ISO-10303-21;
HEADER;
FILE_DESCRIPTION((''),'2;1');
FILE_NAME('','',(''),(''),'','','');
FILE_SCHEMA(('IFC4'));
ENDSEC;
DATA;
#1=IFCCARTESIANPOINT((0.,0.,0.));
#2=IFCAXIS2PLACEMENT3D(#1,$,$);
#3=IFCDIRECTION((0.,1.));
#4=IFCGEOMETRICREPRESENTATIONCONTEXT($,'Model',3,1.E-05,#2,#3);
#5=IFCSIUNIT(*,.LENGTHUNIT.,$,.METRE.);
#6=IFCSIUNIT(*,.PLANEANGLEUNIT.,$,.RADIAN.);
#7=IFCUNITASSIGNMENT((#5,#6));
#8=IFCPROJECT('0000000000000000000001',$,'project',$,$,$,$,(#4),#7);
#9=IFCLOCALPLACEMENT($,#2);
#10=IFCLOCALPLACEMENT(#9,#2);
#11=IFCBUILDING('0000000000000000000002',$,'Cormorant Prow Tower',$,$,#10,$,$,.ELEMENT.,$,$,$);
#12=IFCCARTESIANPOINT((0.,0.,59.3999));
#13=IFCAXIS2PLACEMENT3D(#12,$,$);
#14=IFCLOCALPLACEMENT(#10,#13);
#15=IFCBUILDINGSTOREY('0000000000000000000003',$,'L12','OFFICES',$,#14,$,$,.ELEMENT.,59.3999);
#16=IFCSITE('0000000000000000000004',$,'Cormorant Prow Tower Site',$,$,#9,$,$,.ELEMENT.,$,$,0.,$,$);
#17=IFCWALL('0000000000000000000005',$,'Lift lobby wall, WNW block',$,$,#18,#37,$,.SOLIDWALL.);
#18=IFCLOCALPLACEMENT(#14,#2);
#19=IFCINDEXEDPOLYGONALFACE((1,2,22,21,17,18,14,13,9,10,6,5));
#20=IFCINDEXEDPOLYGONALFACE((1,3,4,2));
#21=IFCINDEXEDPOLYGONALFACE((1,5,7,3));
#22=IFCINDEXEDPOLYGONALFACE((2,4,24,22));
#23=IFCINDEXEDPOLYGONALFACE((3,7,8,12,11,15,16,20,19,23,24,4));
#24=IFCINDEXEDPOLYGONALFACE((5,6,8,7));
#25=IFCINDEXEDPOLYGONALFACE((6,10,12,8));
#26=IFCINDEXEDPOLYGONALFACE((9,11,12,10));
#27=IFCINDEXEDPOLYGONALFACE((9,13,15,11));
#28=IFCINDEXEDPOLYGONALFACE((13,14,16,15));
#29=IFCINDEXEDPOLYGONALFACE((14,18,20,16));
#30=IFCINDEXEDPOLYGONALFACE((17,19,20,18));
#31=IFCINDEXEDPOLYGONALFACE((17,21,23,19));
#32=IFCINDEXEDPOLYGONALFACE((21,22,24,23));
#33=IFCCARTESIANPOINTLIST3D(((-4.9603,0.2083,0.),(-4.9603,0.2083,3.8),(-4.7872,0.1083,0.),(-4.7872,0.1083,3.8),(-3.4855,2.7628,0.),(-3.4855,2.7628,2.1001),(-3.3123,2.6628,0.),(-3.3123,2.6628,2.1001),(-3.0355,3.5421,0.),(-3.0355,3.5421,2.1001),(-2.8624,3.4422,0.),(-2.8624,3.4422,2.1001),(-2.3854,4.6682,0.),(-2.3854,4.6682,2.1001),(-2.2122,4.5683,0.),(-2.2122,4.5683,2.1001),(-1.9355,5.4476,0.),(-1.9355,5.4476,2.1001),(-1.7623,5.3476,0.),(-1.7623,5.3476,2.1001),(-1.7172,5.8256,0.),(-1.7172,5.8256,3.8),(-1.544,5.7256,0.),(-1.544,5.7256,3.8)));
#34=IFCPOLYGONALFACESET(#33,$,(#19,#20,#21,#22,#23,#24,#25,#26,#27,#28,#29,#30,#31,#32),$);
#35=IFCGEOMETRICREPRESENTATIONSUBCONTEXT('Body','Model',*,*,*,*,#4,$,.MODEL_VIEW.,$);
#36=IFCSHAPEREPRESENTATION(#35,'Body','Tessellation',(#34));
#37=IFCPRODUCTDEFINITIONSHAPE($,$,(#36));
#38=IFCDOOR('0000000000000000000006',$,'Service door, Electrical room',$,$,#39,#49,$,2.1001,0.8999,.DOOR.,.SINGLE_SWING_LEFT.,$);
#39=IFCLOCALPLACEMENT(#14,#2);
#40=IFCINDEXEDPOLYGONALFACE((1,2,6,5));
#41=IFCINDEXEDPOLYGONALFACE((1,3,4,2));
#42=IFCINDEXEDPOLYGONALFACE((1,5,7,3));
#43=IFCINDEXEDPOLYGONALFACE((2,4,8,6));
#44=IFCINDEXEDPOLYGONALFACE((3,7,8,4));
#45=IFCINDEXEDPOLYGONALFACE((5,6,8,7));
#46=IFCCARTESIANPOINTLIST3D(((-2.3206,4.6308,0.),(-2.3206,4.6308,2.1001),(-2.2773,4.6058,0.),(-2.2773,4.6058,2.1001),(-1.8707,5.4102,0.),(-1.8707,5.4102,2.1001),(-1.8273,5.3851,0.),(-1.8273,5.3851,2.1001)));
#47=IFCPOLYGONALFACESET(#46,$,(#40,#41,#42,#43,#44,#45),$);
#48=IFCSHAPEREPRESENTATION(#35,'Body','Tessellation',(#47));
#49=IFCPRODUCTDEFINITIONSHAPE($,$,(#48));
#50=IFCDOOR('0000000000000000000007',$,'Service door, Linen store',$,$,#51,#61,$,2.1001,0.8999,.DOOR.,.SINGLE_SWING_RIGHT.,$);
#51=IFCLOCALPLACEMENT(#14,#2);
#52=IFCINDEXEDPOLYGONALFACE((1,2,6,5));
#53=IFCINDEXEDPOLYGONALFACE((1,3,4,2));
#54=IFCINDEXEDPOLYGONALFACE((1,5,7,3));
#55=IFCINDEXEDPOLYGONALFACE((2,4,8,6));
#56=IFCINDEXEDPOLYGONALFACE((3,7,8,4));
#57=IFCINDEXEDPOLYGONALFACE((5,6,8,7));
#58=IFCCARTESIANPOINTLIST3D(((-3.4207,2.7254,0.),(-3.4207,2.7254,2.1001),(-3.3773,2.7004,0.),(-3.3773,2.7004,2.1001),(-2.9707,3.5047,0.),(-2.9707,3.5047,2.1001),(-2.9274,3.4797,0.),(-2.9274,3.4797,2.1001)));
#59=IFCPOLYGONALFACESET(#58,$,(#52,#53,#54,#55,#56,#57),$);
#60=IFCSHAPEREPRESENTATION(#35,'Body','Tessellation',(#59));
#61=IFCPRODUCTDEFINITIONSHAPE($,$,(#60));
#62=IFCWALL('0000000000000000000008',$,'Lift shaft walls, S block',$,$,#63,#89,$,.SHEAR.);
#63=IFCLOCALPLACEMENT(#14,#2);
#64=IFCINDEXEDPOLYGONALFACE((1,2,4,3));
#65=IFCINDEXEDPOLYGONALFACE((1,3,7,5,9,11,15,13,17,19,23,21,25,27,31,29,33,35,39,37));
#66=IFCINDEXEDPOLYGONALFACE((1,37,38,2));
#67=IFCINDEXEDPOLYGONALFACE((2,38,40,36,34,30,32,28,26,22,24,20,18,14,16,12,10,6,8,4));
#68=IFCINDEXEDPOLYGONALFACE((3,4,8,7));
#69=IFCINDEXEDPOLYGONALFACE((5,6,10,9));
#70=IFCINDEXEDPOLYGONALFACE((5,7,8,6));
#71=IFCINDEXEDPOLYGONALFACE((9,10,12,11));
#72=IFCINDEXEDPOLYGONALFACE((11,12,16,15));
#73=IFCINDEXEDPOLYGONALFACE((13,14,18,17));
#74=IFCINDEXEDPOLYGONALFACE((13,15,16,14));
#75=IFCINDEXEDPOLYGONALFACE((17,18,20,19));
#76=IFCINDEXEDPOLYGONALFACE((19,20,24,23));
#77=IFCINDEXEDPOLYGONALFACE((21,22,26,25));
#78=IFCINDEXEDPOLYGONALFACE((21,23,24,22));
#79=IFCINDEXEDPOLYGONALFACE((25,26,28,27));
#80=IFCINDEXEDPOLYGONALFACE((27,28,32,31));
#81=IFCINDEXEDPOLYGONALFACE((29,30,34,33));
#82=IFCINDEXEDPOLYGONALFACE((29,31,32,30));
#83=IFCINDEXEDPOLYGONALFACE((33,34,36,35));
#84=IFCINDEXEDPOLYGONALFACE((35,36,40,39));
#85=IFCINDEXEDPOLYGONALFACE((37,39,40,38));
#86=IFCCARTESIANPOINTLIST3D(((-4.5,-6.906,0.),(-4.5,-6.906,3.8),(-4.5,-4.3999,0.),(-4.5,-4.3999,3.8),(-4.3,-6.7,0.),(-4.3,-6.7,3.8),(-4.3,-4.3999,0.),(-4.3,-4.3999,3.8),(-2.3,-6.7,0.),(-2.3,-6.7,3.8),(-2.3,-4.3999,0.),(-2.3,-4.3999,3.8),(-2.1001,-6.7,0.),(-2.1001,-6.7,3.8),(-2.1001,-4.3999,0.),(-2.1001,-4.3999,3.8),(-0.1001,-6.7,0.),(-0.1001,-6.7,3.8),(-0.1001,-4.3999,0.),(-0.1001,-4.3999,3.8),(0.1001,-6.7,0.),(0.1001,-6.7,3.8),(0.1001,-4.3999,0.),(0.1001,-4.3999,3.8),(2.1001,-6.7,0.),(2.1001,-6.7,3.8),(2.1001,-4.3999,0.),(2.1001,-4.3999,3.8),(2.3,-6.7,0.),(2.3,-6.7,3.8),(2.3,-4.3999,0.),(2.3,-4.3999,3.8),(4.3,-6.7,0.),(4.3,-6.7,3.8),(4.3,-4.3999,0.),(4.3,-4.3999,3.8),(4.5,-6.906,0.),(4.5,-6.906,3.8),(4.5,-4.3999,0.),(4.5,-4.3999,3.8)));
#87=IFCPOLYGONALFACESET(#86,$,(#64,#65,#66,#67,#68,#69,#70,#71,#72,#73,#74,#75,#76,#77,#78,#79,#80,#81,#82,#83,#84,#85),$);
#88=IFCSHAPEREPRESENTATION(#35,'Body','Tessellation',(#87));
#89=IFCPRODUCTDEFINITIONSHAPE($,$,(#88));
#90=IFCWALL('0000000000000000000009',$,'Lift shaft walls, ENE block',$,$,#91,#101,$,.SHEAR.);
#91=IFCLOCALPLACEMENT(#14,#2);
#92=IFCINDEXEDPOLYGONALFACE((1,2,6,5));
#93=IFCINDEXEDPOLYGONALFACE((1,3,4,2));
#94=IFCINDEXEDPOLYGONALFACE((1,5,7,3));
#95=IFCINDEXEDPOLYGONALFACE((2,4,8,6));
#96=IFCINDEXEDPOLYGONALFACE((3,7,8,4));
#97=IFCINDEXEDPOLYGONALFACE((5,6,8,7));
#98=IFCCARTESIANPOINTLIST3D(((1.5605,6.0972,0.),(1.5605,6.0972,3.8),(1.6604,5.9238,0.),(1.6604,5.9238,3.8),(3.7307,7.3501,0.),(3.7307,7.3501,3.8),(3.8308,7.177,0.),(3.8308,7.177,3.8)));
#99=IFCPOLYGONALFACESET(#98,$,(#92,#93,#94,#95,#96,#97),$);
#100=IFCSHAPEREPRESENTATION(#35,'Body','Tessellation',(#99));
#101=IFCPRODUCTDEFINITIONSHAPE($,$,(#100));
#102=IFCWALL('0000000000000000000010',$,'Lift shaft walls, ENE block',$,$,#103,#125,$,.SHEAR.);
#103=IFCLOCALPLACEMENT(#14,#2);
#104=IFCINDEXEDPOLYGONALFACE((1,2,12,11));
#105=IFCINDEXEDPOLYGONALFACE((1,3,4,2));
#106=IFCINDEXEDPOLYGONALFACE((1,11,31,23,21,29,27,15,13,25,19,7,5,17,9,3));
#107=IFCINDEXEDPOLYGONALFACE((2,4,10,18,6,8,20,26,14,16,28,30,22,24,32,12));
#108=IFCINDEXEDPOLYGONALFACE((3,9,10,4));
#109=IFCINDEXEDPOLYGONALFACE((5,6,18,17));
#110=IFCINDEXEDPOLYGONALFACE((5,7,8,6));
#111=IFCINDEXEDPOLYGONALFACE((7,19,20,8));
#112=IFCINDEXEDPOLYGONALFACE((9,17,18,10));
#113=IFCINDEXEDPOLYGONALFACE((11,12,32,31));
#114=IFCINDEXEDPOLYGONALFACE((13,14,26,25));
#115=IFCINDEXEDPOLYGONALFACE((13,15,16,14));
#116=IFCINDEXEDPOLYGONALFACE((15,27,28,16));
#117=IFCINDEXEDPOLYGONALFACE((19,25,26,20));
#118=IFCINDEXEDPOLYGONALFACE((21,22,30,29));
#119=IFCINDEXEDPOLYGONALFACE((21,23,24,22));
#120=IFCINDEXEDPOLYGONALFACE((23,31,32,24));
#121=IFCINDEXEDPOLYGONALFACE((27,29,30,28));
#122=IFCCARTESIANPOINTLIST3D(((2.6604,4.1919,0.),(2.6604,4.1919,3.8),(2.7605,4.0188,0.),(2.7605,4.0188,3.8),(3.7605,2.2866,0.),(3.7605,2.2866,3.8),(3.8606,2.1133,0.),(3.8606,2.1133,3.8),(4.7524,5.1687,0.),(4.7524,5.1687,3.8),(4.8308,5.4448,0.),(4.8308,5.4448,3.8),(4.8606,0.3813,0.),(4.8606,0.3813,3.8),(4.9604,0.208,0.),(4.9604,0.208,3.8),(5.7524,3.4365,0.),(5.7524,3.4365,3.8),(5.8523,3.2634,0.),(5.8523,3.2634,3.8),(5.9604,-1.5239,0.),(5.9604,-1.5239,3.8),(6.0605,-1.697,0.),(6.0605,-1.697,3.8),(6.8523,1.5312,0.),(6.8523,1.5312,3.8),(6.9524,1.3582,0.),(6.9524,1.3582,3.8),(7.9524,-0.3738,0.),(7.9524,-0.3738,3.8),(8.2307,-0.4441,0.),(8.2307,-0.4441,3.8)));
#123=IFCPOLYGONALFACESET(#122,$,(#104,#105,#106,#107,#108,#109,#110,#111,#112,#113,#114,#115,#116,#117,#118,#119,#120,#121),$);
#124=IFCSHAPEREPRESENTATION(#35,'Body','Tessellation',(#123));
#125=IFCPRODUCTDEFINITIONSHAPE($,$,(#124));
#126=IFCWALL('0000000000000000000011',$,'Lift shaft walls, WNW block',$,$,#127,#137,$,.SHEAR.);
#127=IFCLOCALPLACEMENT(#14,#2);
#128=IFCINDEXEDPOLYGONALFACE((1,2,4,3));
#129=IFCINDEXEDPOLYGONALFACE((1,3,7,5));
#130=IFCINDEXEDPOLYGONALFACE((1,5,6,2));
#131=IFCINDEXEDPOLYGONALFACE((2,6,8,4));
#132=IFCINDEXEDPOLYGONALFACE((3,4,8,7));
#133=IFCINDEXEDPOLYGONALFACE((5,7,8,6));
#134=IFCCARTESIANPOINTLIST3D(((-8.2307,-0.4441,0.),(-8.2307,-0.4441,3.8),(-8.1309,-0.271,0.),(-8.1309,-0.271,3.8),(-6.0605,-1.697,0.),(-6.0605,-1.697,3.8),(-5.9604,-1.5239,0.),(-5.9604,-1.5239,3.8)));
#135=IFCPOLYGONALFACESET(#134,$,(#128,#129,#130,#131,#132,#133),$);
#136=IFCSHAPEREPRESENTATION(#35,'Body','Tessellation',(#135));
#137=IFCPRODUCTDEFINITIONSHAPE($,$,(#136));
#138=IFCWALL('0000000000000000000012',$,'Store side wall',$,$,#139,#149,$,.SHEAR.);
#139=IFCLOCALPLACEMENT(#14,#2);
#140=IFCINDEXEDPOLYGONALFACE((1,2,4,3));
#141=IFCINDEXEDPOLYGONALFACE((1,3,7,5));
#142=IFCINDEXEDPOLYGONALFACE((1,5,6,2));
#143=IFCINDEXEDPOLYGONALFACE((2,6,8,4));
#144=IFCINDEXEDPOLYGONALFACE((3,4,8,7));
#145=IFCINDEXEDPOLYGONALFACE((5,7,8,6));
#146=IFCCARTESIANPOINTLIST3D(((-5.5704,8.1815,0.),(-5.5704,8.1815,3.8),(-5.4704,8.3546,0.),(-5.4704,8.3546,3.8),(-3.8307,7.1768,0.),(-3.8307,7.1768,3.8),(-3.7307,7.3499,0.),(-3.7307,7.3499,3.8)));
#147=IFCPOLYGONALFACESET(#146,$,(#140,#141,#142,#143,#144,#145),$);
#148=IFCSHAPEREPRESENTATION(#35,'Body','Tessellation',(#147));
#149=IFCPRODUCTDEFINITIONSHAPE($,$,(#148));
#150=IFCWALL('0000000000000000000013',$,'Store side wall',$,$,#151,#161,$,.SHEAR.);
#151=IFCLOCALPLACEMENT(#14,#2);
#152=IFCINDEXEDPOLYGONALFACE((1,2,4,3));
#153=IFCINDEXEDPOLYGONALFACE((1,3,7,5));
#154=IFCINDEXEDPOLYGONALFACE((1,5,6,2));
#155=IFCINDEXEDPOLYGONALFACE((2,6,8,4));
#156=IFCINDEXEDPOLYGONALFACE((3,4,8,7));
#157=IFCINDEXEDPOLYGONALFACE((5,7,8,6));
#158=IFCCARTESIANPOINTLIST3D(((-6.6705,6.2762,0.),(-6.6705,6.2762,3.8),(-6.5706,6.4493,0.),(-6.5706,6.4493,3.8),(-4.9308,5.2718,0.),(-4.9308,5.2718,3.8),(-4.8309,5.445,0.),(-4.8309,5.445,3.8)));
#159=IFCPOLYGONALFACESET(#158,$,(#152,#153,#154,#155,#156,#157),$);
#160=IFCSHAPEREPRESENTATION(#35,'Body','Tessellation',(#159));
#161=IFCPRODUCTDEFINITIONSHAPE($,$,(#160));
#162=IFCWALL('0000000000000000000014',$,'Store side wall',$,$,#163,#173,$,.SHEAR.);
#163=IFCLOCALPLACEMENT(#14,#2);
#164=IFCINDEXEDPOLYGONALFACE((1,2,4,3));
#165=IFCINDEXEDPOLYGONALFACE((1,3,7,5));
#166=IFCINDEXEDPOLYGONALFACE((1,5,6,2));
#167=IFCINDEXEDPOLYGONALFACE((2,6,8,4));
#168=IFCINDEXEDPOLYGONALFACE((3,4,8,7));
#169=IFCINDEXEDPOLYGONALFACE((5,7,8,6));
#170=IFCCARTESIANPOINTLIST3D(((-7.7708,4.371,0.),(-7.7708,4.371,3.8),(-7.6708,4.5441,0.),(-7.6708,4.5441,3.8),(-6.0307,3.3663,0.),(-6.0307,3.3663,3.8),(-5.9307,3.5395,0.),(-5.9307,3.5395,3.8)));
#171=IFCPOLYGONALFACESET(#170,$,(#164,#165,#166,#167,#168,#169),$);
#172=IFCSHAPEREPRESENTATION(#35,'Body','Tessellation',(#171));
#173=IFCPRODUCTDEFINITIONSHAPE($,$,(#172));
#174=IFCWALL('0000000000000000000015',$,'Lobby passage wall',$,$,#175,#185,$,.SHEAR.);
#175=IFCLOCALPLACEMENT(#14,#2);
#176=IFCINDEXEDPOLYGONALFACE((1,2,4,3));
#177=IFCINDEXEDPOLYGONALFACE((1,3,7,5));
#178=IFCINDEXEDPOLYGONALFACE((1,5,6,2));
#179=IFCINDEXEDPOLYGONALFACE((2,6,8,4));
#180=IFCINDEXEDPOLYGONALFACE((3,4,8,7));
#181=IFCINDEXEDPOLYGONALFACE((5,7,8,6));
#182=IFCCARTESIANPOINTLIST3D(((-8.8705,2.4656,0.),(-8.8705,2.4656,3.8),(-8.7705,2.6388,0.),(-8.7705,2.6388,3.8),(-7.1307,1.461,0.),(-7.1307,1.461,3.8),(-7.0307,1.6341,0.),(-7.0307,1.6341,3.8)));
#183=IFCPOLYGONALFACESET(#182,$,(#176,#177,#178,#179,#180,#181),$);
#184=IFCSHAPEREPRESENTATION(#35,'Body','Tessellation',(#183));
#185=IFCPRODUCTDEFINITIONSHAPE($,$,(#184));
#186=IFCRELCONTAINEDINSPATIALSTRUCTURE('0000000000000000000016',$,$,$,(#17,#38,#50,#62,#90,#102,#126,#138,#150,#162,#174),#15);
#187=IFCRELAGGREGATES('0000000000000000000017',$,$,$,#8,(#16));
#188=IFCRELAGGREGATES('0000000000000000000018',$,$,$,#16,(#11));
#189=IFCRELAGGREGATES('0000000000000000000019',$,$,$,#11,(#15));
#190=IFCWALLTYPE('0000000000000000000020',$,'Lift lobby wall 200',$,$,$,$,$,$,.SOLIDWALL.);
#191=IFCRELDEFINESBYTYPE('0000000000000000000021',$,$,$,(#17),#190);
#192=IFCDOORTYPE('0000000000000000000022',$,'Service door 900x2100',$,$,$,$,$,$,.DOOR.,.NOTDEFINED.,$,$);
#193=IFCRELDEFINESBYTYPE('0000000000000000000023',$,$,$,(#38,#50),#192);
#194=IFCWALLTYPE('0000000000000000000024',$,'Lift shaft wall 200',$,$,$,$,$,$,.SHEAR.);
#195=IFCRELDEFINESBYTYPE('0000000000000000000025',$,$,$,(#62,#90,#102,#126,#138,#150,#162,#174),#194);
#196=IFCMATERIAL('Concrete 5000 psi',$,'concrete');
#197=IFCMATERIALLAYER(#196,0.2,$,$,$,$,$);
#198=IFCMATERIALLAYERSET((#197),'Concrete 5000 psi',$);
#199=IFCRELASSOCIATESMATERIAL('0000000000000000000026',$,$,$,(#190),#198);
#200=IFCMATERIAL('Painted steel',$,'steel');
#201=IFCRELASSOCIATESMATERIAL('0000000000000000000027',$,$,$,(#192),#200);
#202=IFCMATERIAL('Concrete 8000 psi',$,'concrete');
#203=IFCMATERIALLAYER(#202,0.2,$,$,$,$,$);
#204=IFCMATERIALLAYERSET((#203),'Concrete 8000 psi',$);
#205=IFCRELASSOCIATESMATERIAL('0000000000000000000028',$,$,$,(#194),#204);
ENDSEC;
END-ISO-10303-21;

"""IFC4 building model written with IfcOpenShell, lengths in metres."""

from ifc_helpers import new_model, si_unit, direction, frame, frame_2d, origin, place, context, subcontext, project, spatial, polyline, rectangle, outline, extrude, material, layer, layer_set, type_object, element, fill, save


model = new_model("IFC4")

# Units and contexts
model_context = context("Model", 3, precision=1e-05, world=origin(), true_north=direction((0.0, 1.0)))
body_context = subcontext(model_context, "Body", "Model", "MODEL_VIEW")
ifc_project = project(units=[si_unit("LENGTHUNIT", "METRE"), si_unit("PLANEANGLEUNIT", "RADIAN")], contexts=[model_context])

# Site, building, storey
site_placement = place(None, origin())
site = spatial("IfcSite", under=ifc_project, at=site_placement, Name="Cormorant Prow Tower Site", CompositionType="ELEMENT", RefElevation=0.0)
building_placement = place(site_placement, origin())
building = spatial("IfcBuilding", under=site, at=building_placement, Name="Cormorant Prow Tower", CompositionType="ELEMENT")
storey_placement = place(building_placement, frame((0.0, 0.0, 59.3999)))
storey = spatial("IfcBuildingStorey", under=building, at=storey_placement, Name="L12", Description="OFFICES", CompositionType="ELEMENT", Elevation=59.3999)

# Wall, openings, doors
ifc_material_1 = material(Name="Concrete 5000 psi", Category="concrete")
ifc_layer_1 = layer(ifc_material_1, 0.2)
ifc_layer_set_1 = layer_set([ifc_layer_1], Name="Concrete 5000 psi")
wall_type_1 = type_object("IfcWallType", Name="Lift lobby wall 200", PredefinedType="SOLIDWALL", material=ifc_layer_set_1)
wall_1_placement = place(storey_placement, frame((-1.6306, 5.7756, 0.0), z_axis=(0.0, 0.0, 1.0), x_axis=(-0.499993, -0.86603, 0.0)))
wall_1 = element("IfcWall", 1, at=wall_1_placement, inside=storey, type_object=wall_type_1, Name="Lift lobby wall, WNW block", PredefinedType="SOLIDWALL", context=body_context, shape_type="SweptSolid", body=[
    extrude(rectangle(XDim=6.4863, YDim=0.2, at=frame_2d((3.2432, 0.0))), origin(), (0.0, 0.0, 1.0), 3.8),
])
opening_1_placement = place(wall_1_placement, frame((0.4365, 0.0, 0.0)))
opening_1 = element("IfcOpeningElement", 2, at=opening_1_placement, cuts=wall_1, PredefinedType="OPENING", context=body_context, shape_type="SweptSolid", body=[
    extrude(rectangle(XDim=0.8999, YDim=2.1001, at=frame_2d((0.45, 1.05))), frame((0.0, 0.1099, 0.0), z_axis=(0.0, -1.0, 0.0), x_axis=(1.0, 0.0, 0.0)), (0.0, 0.0, 1.0), 0.22),
])
opening_2_placement = place(wall_1_placement, frame((2.6367, 0.0, 0.0)))
opening_2 = element("IfcOpeningElement", 3, at=opening_2_placement, cuts=wall_1, PredefinedType="OPENING", context=body_context, shape_type="SweptSolid", body=[
    extrude(rectangle(XDim=0.8999, YDim=2.1001, at=frame_2d((0.45, 1.05))), frame((0.0, 0.1099, 0.0), z_axis=(0.0, -1.0, 0.0), x_axis=(1.0, 0.0, 0.0)), (0.0, 0.0, 1.0), 0.22),
])
ifc_material_2 = material(Name="Painted steel", Category="steel")
door_type_1 = type_object("IfcDoorType", Name="Service door 900x2100", OperationType="NOTDEFINED", PredefinedType="DOOR", material=ifc_material_2)
door_1_placement = place(opening_1_placement, origin())
door_1 = element("IfcDoor", 4, at=door_1_placement, inside=storey, type_object=door_type_1, Name="Service door, Electrical room", OperationType="SINGLE_SWING_LEFT", OverallHeight=2.1001, OverallWidth=0.8999, PredefinedType="DOOR", context=body_context, shape_type="SweptSolid", body=[
    extrude(rectangle(XDim=0.8999, YDim=2.1001, at=frame_2d((0.45, 1.05))), frame((0.0, 0.0249, 0.0), z_axis=(0.0, -1.0, 0.0), x_axis=(1.0, 0.0, 0.0)), (0.0, 0.0, 1.0), 0.05),
])
fill(opening_1, door_1)
door_2_placement = place(opening_2_placement, origin())
door_2 = element("IfcDoor", 5, at=door_2_placement, inside=storey, type_object=door_type_1, Name="Service door, Linen store", OperationType="SINGLE_SWING_RIGHT", OverallHeight=2.1001, OverallWidth=0.8999, PredefinedType="DOOR", context=body_context, shape_type="SweptSolid", body=[
    extrude(rectangle(XDim=0.8999, YDim=2.1001, at=frame_2d((0.45, 1.05))), frame((0.0, 0.0249, 0.0), z_axis=(0.0, -1.0, 0.0), x_axis=(1.0, 0.0, 0.0)), (0.0, 0.0, 1.0), 0.05),
])
fill(opening_2, door_2)

# Walls
ifc_material_3 = material(Name="Concrete 8000 psi", Category="concrete")
ifc_layer_2 = layer(ifc_material_3, 0.2)
ifc_layer_set_2 = layer_set([ifc_layer_2], Name="Concrete 8000 psi")
wall_type_2 = type_object("IfcWallType", Name="Lift shaft wall 200", PredefinedType="SHEAR", material=ifc_layer_set_2)
wall_2_placement = place(storey_placement, origin())
element("IfcWall", 6, at=wall_2_placement, inside=storey, type_object=wall_type_2, Name="Lift shaft walls, S block", PredefinedType="SHEAR", context=body_context, shape_type="SweptSolid", body=[
    extrude(outline(polyline([(4.5, -4.3999), (4.5, -6.906), (-4.5, -6.906), (-4.5, -4.3999), (-4.3, -4.3999), (-4.3, -6.7), (-2.3, -6.7), (-2.3, -4.3999), (-2.1001, -4.3999), (-2.1001, -6.7), (-0.1001, -6.7), (-0.1001, -4.3999), (0.1001, -4.3999), (0.1001, -6.7), (2.1001, -6.7), (2.1001, -4.3999), (2.3, -4.3999), (2.3, -6.7), (4.3, -6.7), (4.3, -4.3999), (4.5, -4.3999)])), origin(), (0.0, 0.0, 1.0), 3.8),
])
wall_3_placement = place(storey_placement, origin())
element("IfcWall", 7, at=wall_3_placement, inside=storey, type_object=wall_type_2, Name="Lift shaft walls, ENE block", PredefinedType="SHEAR", context=body_context, shape_type="SweptSolid", body=[
    extrude(outline(polyline([(1.5605, 6.0972), (3.7307, 7.3501), (3.8308, 7.177), (1.6604, 5.9238), (1.5605, 6.0972)])), origin(), (0.0, 0.0, 1.0), 3.8),
])
wall_4_placement = place(storey_placement, origin())
element("IfcWall", 8, at=wall_4_placement, inside=storey, type_object=wall_type_2, Name="Lift shaft walls, ENE block", PredefinedType="SHEAR", context=body_context, shape_type="SweptSolid", body=[
    extrude(outline(polyline([(2.6604, 4.1919), (4.8308, 5.4448), (8.2307, -0.4441), (6.0605, -1.697), (5.9604, -1.5239), (7.9524, -0.3738), (6.9524, 1.3582), (4.9604, 0.208), (4.8606, 0.3813), (6.8523, 1.5312), (5.8523, 3.2634), (3.8606, 2.1133), (3.7605, 2.2866), (5.7524, 3.4365), (4.7524, 5.1687), (2.7605, 4.0188), (2.6604, 4.1919)])), origin(), (0.0, 0.0, 1.0), 3.8),
])
wall_5_placement = place(storey_placement, origin())
element("IfcWall", 9, at=wall_5_placement, inside=storey, type_object=wall_type_2, Name="Lift shaft walls, WNW block", PredefinedType="SHEAR", context=body_context, shape_type="SweptSolid", body=[
    extrude(outline(polyline([(-6.0605, -1.697), (-8.2307, -0.4441), (-8.1309, -0.271), (-5.9604, -1.5239), (-6.0605, -1.697)])), origin(), (0.0, 0.0, 1.0), 3.8),
])
wall_6_placement = place(storey_placement, frame((-3.7808, 7.2634, 0.0), z_axis=(0.0, 0.0, 1.0), x_axis=(-0.865983, 0.500073, 0.0)))
element("IfcWall", 10, at=wall_6_placement, inside=storey, type_object=wall_type_2, Name="Store side wall", PredefinedType="SHEAR", context=body_context, shape_type="SweptSolid", body=[
    extrude(rectangle(XDim=2.009, YDim=0.2, at=frame_2d((1.0044, 0.0))), origin(), (0.0, 0.0, 1.0), 3.8),
])
wall_7_placement = place(storey_placement, frame((-4.8809, 5.3584, 0.0), z_axis=(0.0, 0.0, 1.0), x_axis=(-0.866036, 0.499982, 0.0)))
element("IfcWall", 11, at=wall_7_placement, inside=storey, type_object=wall_type_2, Name="Store side wall", PredefinedType="SHEAR", context=body_context, shape_type="SweptSolid", body=[
    extrude(rectangle(XDim=2.0088, YDim=0.2, at=frame_2d((1.0044, 0.0))), origin(), (0.0, 0.0, 1.0), 3.8),
])
wall_8_placement = place(storey_placement, frame((-5.9807, 3.4529, 0.0), z_axis=(0.0, 0.0, 1.0), x_axis=(-0.866014, 0.50002, 0.0)))
element("IfcWall", 12, at=wall_8_placement, inside=storey, type_object=wall_type_2, Name="Store side wall", PredefinedType="SHEAR", context=body_context, shape_type="SweptSolid", body=[
    extrude(rectangle(XDim=2.0093, YDim=0.2, at=frame_2d((1.0046, 0.0))), origin(), (0.0, 0.0, 1.0), 3.8),
])
wall_9_placement = place(storey_placement, frame((-7.0808, 1.5476, 0.0), z_axis=(0.0, 0.0, 1.0), x_axis=(-0.865983, 0.500073, 0.0)))
element("IfcWall", 13, at=wall_9_placement, inside=storey, type_object=wall_type_2, Name="Lobby passage wall", PredefinedType="SHEAR", context=body_context, shape_type="SweptSolid", body=[
    extrude(rectangle(XDim=2.009, YDim=0.2, at=frame_2d((1.0044, 0.0))), origin(), (0.0, 0.0, 1.0), 3.8),
])

save(model, "model.ifc")
